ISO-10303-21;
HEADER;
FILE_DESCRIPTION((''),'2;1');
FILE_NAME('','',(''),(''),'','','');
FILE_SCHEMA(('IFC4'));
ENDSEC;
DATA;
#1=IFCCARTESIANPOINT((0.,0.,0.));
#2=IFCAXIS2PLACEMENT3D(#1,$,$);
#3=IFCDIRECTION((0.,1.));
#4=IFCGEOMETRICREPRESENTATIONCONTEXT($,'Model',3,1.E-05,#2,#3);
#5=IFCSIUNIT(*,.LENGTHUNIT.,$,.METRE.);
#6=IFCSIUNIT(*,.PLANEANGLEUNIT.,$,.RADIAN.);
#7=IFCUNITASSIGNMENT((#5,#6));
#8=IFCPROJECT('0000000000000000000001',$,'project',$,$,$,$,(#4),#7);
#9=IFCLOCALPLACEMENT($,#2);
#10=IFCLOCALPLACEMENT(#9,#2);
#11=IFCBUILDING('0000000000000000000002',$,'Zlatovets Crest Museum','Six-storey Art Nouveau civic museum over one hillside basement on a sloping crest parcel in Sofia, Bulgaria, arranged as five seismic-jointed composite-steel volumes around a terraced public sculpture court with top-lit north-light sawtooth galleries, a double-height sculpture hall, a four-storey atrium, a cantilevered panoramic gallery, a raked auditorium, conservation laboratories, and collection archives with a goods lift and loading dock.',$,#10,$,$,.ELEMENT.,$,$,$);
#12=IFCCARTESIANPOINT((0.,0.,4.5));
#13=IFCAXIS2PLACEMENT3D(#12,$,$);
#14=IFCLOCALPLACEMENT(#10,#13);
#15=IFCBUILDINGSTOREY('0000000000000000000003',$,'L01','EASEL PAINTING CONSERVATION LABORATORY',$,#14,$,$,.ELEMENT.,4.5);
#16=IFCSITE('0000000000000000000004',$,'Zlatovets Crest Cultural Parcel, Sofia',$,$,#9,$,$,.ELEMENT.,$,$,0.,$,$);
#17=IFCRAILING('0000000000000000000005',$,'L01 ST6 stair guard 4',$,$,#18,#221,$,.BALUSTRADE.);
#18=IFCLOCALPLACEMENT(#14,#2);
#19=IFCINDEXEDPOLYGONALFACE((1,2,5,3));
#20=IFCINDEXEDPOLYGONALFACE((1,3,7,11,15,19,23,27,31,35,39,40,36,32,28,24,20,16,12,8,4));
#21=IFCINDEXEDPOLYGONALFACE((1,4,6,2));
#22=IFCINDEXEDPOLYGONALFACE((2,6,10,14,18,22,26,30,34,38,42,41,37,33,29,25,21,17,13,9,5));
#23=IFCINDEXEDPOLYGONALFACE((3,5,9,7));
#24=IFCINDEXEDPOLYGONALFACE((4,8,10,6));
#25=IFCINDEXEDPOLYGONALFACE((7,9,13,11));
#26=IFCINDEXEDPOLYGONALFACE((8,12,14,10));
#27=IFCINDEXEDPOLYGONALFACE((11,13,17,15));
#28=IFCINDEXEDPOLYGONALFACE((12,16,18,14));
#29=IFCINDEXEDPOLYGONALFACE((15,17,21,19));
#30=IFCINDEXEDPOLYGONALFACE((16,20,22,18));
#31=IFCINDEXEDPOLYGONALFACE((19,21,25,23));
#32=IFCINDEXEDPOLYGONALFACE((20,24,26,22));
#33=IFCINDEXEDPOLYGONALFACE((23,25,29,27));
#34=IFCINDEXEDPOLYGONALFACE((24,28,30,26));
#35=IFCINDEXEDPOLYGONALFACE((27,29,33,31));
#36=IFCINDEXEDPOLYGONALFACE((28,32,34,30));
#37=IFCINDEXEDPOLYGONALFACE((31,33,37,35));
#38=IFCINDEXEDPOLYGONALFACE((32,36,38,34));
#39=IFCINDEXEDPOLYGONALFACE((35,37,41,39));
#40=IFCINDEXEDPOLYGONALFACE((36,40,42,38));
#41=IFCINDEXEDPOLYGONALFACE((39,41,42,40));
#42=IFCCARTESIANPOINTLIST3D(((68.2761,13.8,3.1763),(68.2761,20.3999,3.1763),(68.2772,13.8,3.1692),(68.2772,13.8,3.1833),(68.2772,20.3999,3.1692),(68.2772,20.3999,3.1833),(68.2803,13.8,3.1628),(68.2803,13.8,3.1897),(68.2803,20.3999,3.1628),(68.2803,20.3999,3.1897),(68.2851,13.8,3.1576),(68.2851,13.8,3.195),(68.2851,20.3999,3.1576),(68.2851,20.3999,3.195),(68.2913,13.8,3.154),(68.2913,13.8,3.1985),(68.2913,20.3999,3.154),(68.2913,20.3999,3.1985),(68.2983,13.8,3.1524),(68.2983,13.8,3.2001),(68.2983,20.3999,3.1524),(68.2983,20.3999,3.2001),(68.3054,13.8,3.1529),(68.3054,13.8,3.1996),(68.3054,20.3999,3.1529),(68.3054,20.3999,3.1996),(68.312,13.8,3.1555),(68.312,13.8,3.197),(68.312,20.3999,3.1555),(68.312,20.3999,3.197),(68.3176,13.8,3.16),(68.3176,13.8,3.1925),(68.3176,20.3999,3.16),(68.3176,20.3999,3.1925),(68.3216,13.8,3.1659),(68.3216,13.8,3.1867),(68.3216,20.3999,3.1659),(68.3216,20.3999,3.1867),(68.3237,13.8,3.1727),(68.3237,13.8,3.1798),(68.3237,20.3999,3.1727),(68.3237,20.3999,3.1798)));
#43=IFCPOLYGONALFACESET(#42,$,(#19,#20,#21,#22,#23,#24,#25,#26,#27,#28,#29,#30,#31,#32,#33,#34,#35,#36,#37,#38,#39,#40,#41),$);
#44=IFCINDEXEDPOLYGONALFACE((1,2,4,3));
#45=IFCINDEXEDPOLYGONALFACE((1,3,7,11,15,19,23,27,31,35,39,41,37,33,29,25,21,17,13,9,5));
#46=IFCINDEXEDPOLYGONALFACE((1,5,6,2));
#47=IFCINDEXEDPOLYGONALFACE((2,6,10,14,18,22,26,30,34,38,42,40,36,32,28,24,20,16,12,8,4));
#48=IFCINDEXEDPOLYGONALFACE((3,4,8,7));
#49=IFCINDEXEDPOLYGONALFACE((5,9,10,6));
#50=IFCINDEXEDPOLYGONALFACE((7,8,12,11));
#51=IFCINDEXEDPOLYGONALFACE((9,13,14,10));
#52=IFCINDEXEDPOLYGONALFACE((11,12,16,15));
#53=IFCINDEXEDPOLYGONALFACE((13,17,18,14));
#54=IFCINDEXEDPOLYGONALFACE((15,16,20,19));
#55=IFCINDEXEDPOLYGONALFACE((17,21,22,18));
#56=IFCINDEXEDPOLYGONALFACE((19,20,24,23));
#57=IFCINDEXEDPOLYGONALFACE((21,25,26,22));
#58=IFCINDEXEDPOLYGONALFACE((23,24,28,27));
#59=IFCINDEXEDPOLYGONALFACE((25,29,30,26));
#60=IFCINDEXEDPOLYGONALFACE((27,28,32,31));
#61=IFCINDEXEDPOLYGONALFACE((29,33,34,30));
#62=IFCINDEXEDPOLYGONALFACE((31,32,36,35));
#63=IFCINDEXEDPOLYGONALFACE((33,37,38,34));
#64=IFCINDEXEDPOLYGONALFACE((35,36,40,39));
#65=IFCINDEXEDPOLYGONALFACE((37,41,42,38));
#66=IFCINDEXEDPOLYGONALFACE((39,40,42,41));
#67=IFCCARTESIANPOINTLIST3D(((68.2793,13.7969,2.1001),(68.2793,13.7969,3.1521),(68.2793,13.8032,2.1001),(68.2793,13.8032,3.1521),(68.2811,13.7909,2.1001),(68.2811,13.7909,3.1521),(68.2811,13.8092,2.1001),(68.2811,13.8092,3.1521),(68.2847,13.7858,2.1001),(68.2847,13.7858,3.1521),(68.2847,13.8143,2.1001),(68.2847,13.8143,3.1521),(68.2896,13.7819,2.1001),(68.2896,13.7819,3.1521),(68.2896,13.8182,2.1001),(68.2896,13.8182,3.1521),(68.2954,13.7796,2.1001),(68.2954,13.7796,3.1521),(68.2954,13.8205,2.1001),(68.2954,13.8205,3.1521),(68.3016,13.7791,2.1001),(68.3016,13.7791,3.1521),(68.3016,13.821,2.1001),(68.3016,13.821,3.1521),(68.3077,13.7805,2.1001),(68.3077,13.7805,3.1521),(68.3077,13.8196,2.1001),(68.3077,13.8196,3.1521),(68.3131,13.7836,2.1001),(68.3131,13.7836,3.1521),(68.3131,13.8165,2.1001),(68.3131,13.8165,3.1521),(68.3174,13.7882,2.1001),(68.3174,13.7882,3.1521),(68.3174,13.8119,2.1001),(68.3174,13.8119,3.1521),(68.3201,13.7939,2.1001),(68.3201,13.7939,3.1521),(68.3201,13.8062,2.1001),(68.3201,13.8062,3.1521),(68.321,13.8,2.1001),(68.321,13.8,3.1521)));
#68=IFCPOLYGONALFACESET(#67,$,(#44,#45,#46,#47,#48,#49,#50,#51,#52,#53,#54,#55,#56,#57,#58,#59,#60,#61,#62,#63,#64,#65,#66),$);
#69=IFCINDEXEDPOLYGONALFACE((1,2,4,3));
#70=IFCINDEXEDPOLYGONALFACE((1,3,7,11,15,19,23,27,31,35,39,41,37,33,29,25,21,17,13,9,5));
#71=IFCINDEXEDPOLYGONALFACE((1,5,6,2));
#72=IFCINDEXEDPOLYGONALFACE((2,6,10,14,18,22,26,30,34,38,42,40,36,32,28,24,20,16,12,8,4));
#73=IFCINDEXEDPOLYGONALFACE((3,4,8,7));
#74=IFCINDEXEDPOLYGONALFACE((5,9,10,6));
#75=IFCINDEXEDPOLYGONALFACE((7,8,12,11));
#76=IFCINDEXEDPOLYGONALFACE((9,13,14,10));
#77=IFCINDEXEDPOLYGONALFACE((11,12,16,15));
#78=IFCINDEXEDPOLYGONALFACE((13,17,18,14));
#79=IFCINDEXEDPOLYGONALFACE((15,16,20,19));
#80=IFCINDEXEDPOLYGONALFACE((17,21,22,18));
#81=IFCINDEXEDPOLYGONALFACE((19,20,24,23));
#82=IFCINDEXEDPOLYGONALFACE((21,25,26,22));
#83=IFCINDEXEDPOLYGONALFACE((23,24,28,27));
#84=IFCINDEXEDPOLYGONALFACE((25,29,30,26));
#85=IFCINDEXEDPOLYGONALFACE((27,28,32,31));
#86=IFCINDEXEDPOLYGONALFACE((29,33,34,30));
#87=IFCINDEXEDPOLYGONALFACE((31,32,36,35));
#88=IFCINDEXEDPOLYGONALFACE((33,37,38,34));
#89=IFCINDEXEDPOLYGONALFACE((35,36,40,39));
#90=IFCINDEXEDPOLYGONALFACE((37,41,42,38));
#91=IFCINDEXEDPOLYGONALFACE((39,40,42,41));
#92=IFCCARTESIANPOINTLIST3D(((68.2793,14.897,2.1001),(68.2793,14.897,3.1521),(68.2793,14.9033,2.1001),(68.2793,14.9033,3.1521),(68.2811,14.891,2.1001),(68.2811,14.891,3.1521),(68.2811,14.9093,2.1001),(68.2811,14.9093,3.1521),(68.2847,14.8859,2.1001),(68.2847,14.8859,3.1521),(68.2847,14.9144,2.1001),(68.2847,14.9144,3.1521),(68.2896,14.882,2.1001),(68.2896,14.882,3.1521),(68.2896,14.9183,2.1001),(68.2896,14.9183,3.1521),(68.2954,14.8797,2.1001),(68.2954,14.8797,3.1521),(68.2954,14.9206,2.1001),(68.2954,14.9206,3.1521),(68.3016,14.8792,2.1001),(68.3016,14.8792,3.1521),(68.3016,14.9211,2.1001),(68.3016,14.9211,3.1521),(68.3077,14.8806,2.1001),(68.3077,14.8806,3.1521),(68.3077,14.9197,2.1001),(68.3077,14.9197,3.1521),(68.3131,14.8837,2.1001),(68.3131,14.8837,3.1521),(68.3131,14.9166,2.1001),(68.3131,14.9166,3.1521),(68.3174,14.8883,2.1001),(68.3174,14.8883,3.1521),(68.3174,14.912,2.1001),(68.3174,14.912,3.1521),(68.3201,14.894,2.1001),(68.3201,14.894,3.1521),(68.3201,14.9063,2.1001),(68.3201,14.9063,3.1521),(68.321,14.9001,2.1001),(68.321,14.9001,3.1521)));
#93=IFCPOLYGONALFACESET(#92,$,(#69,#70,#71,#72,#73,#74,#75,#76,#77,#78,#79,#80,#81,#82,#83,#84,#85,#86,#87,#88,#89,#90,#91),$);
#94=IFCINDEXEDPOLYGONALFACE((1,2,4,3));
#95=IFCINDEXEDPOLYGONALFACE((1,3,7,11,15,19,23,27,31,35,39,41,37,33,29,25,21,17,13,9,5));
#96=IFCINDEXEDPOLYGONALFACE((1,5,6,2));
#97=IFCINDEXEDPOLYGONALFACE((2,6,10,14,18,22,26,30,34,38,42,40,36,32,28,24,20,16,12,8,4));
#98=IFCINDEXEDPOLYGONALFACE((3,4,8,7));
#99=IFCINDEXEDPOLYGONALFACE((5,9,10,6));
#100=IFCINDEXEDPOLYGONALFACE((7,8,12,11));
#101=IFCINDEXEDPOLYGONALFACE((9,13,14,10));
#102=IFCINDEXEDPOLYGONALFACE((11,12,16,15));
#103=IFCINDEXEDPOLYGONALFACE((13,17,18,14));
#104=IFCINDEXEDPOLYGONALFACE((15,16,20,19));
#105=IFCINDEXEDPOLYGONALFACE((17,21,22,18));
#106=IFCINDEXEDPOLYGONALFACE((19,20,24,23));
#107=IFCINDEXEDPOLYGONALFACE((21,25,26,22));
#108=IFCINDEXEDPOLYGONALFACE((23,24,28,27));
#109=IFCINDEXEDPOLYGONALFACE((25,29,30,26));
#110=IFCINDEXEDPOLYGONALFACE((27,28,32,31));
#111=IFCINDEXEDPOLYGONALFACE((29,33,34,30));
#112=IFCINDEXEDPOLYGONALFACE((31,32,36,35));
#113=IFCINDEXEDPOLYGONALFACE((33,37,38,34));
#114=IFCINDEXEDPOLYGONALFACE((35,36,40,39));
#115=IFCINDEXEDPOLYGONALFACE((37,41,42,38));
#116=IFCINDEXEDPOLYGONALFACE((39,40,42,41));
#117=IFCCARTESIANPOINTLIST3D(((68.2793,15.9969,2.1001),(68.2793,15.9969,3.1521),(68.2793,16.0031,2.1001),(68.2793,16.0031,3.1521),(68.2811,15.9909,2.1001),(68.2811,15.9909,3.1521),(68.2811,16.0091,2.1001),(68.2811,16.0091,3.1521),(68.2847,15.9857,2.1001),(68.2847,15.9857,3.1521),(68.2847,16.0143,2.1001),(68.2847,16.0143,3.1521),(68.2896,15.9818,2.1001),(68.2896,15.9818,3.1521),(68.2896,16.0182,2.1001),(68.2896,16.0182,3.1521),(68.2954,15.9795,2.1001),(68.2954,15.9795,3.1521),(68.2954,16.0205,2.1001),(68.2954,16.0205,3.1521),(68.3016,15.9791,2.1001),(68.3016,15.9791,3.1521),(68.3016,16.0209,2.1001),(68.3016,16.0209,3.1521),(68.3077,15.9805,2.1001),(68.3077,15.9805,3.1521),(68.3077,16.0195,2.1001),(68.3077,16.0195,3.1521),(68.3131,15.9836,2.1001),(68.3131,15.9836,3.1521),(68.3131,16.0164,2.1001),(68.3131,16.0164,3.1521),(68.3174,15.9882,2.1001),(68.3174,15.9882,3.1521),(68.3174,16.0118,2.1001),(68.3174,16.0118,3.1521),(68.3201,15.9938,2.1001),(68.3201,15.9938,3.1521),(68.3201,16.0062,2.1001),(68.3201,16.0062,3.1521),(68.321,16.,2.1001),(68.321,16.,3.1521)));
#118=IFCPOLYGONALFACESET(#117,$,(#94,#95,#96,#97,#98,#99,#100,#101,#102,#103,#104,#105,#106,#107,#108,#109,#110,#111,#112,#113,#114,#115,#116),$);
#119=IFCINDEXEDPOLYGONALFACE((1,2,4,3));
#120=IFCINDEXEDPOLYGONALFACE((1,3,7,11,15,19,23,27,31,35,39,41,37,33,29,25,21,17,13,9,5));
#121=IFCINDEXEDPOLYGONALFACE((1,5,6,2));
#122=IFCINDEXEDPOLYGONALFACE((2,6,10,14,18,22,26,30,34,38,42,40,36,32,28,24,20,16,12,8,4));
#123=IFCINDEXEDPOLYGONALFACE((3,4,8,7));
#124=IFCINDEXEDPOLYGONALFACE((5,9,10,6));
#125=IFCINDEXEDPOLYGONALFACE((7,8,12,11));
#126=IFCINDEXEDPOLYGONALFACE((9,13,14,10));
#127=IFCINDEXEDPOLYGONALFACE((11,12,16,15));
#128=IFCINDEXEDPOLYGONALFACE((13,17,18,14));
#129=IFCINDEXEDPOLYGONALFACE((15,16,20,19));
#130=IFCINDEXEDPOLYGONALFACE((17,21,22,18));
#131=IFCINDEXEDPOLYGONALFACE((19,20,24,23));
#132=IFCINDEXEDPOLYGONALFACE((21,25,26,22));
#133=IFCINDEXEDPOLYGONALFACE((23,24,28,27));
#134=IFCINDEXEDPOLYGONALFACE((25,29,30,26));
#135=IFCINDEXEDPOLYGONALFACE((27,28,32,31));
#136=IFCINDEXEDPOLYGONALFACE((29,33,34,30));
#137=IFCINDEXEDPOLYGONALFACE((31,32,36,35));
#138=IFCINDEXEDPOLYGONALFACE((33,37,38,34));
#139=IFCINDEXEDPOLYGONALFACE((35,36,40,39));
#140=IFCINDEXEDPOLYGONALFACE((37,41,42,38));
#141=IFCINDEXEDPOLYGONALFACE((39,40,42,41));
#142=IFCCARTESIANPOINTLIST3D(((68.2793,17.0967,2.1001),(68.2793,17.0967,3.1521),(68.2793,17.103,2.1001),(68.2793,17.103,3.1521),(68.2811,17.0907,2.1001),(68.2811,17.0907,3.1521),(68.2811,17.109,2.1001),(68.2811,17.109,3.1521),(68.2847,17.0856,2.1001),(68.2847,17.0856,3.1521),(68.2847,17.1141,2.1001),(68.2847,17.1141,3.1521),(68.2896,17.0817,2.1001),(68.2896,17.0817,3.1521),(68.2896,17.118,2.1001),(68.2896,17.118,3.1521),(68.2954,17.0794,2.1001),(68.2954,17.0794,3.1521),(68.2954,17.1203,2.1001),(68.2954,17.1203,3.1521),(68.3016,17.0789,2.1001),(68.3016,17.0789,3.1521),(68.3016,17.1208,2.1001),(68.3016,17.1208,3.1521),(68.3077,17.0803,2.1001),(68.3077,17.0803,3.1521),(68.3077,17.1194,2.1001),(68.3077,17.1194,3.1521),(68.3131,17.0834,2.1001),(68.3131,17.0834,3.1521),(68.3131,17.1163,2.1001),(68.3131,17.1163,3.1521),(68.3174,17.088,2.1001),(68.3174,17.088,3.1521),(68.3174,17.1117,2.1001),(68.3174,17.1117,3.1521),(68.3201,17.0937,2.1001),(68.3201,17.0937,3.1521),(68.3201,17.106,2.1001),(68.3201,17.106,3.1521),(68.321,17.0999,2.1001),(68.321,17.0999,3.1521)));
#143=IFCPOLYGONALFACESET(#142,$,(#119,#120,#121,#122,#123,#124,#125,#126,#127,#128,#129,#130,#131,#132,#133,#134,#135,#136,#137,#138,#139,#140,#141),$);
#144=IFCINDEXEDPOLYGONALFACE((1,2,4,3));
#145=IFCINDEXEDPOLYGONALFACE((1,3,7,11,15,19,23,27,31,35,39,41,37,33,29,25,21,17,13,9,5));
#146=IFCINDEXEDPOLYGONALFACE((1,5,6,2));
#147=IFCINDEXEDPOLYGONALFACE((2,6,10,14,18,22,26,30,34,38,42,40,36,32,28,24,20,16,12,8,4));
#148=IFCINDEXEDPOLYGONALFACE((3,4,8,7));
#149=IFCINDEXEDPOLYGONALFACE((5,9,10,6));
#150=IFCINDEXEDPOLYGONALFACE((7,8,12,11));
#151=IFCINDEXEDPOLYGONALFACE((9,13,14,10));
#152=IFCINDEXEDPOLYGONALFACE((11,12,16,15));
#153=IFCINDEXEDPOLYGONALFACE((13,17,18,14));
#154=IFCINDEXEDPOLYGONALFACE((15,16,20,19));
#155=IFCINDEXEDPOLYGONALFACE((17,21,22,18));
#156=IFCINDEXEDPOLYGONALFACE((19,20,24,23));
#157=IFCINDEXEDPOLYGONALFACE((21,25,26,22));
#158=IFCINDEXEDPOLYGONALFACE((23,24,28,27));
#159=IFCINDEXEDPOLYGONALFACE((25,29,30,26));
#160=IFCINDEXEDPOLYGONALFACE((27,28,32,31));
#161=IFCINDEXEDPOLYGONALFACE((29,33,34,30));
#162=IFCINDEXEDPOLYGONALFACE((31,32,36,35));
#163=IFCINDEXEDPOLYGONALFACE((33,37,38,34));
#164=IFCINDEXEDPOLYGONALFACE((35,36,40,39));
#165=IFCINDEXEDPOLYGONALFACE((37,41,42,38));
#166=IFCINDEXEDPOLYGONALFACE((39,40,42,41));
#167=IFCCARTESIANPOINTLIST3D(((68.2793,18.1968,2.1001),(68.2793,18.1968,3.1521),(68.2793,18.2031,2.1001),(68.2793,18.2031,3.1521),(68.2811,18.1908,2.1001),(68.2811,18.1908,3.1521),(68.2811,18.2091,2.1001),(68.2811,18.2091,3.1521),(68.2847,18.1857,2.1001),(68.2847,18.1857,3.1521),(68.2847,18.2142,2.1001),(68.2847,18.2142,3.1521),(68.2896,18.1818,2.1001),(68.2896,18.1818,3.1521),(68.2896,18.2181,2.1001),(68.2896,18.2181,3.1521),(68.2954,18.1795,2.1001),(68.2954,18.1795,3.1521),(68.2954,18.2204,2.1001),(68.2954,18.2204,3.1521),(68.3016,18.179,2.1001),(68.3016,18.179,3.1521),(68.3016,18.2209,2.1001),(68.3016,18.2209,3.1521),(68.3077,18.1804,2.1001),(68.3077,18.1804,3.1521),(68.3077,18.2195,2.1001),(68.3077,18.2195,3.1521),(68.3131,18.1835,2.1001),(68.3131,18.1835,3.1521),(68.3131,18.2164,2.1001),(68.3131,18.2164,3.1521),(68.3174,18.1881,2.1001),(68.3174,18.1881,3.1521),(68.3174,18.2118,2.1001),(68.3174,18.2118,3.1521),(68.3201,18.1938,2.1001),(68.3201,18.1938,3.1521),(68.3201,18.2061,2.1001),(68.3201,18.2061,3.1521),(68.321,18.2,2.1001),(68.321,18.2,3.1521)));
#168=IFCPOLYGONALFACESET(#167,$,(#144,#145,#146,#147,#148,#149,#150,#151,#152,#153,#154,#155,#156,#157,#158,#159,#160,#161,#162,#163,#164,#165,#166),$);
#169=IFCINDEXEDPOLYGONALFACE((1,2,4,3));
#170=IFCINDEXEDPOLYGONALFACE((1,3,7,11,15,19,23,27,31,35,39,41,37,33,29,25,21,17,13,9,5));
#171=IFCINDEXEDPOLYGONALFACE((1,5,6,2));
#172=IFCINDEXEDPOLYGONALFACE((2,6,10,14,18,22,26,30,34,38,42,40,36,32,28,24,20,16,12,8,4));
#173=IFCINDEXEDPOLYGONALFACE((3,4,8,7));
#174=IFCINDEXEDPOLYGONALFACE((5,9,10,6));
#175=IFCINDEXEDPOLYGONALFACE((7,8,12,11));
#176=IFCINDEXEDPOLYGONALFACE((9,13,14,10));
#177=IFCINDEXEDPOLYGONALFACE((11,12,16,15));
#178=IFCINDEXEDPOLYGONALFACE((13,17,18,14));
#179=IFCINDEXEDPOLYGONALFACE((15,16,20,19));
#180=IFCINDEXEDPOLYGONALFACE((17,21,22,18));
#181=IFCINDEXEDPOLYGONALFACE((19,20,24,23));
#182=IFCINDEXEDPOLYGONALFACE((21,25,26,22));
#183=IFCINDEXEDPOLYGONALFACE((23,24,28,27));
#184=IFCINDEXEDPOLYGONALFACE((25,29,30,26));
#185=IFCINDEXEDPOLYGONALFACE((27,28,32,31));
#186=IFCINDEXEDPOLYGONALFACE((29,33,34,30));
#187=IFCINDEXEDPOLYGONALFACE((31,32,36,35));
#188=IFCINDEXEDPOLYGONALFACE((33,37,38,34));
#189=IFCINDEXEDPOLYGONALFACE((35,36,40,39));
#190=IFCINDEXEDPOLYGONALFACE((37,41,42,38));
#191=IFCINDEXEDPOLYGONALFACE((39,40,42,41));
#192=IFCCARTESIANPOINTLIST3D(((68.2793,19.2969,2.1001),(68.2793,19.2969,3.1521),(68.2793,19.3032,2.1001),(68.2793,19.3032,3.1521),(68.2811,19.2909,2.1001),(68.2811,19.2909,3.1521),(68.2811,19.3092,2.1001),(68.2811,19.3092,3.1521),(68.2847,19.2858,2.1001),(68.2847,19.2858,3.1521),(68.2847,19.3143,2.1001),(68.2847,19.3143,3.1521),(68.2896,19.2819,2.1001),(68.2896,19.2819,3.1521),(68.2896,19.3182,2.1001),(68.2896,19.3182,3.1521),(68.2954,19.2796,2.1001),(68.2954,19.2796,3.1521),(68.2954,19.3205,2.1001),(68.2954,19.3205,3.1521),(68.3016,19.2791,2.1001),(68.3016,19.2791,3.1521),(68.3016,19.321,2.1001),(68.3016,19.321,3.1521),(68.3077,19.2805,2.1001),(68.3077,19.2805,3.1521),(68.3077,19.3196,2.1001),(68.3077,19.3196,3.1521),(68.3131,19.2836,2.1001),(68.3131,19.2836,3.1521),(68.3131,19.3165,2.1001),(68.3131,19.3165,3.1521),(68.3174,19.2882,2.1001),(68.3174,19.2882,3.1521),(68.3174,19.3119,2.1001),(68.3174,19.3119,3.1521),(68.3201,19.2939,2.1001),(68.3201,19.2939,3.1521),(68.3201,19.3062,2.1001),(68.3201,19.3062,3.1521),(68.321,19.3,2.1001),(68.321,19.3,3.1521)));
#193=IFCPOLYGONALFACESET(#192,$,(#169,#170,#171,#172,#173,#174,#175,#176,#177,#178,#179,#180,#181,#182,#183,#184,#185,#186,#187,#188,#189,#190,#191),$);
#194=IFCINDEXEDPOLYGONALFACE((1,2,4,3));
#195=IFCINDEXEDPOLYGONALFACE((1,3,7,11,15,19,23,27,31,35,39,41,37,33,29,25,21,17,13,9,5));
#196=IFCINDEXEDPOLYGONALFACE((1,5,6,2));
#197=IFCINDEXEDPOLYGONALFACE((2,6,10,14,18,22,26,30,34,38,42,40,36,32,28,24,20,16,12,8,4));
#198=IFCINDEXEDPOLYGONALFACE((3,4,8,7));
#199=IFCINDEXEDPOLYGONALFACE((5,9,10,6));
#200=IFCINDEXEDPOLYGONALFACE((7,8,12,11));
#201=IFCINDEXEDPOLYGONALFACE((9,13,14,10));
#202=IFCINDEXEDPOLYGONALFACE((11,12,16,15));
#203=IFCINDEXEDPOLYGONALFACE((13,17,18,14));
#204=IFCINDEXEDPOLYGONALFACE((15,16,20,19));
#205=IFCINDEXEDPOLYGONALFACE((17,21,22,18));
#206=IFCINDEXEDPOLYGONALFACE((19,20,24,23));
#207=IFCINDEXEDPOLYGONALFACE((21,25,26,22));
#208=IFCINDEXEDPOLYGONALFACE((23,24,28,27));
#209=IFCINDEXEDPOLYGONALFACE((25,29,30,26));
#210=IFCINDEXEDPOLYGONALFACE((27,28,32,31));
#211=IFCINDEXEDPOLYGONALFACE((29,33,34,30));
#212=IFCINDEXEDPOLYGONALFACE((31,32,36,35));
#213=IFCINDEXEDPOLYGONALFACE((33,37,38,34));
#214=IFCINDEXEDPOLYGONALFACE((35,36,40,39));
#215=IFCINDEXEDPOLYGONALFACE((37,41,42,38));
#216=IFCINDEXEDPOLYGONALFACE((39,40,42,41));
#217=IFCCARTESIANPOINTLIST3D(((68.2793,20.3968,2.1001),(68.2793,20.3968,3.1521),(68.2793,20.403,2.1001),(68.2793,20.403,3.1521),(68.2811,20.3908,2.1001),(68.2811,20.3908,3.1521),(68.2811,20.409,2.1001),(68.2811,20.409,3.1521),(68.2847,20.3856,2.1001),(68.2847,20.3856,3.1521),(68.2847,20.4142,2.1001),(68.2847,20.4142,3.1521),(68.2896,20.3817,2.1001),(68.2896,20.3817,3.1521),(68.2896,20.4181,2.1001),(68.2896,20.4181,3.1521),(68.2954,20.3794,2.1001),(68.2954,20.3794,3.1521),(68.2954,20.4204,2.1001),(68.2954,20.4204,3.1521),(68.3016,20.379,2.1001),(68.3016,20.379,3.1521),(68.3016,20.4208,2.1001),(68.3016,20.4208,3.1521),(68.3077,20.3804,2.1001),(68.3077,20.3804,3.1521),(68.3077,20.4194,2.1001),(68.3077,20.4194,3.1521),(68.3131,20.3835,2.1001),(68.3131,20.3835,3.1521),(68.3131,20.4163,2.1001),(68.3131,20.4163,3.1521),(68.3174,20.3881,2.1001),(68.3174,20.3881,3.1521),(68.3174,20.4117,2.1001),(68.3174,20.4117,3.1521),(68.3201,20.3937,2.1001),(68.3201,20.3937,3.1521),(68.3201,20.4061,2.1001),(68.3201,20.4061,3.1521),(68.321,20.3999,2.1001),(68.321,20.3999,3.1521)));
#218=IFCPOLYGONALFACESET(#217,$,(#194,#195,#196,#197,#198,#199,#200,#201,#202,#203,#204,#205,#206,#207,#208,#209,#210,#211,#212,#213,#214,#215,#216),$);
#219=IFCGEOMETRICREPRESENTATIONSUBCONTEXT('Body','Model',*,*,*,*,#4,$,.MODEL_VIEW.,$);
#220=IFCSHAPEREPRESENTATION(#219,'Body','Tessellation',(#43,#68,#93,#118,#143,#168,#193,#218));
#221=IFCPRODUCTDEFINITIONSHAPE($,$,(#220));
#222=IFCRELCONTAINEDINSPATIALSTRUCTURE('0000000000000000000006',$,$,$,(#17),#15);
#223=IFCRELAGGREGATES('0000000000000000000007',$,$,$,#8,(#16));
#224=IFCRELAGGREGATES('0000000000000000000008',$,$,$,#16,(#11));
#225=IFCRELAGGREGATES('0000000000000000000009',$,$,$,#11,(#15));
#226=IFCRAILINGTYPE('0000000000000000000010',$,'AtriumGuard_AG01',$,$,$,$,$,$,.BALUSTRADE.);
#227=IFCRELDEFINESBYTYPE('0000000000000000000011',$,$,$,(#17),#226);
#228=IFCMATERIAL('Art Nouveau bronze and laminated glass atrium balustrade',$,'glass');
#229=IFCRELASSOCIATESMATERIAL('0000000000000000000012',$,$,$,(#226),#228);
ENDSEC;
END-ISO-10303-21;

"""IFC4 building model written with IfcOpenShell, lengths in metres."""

from ifc_helpers import new_model, si_unit, direction, frame, origin, origin_2d, place, context, subcontext, project, spatial, circle, extrude, material, type_object, element, save


model = new_model("IFC4")

# Units and contexts
model_context = context("Model", 3, precision=1e-05, world=origin(), true_north=direction((0.0, 1.0)))
body_context = subcontext(model_context, "Body", "Model", "MODEL_VIEW")
ifc_project = project(units=[si_unit("LENGTHUNIT", "METRE"), si_unit("PLANEANGLEUNIT", "RADIAN")], contexts=[model_context])

# Site, building, storey
site_placement = place(None, origin())
site = spatial("IfcSite", under=ifc_project, at=site_placement, Name="Zlatovets Crest Cultural Parcel, Sofia", CompositionType="ELEMENT", RefElevation=0.0)
building_placement = place(site_placement, origin())
building = spatial("IfcBuilding", under=site, at=building_placement, Name="Zlatovets Crest Museum", Description="Six-storey Art Nouveau civic museum over one hillside basement on a sloping crest parcel in Sofia, Bulgaria, arranged as five seismic-jointed composite-steel volumes around a terraced public sculpture court with top-lit north-light sawtooth galleries, a double-height sculpture hall, a four-storey atrium, a cantilevered panoramic gallery, a raked auditorium, conservation laboratories, and collection archives with a goods lift and loading dock.", CompositionType="ELEMENT")
storey_placement = place(building_placement, frame((0.0, 0.0, 4.5)))
storey = spatial("IfcBuildingStorey", under=building, at=storey_placement, Name="L01", Description="EASEL PAINTING CONSERVATION LABORATORY", CompositionType="ELEMENT", Elevation=4.5)

# Railing
ifc_material_1 = material(Name="Art Nouveau bronze and laminated glass atrium balustrade", Category="glass")
railing_type_1 = type_object("IfcRailingType", Name="AtriumGuard_AG01", PredefinedType="BALUSTRADE", material=ifc_material_1)
for number, where, name in (
    (1, (68.3, 13.8, 2.1001), "L01 ST6 stair guard 4"),
):
    element("IfcRailing", number, at=place(storey_placement, frame(where)), inside=storey, type_object=railing_type_1, Name=name, PredefinedType="BALUSTRADE", context=body_context, shape_type="SweptSolid", body=[
        extrude(circle(Radius=0.0239, at=origin_2d()), frame((0.0, 0.0, 1.0762), z_axis=(0.0, 1.0, 0.0), x_axis=(-1.0, 0.0, 0.0)), (0.0, 0.0, 1.0), 6.5999),
        extrude(circle(Radius=0.021, at=origin_2d()), origin(), (0.0, 0.0, 1.0), 1.052),
        extrude(circle(Radius=0.021, at=origin_2d()), frame((0.0, 1.1001, 0.0)), (0.0, 0.0, 1.0), 1.052),
        extrude(circle(Radius=0.021, at=origin_2d()), frame((0.0, 2.2, 0.0)), (0.0, 0.0, 1.0), 1.052),
        extrude(circle(Radius=0.021, at=origin_2d()), frame((0.0, 3.2998, 0.0)), (0.0, 0.0, 1.0), 1.052),
        extrude(circle(Radius=0.021, at=origin_2d()), frame((0.0, 4.3999, 0.0)), (0.0, 0.0, 1.0), 1.052),
        extrude(circle(Radius=0.021, at=origin_2d()), frame((0.0, 5.5, 0.0)), (0.0, 0.0, 1.0), 1.052),
        extrude(circle(Radius=0.021, at=origin_2d()), frame((0.0, 6.5999, 0.0)), (0.0, 0.0, 1.0), 1.052),
    ])

save(model, "model.ifc")
